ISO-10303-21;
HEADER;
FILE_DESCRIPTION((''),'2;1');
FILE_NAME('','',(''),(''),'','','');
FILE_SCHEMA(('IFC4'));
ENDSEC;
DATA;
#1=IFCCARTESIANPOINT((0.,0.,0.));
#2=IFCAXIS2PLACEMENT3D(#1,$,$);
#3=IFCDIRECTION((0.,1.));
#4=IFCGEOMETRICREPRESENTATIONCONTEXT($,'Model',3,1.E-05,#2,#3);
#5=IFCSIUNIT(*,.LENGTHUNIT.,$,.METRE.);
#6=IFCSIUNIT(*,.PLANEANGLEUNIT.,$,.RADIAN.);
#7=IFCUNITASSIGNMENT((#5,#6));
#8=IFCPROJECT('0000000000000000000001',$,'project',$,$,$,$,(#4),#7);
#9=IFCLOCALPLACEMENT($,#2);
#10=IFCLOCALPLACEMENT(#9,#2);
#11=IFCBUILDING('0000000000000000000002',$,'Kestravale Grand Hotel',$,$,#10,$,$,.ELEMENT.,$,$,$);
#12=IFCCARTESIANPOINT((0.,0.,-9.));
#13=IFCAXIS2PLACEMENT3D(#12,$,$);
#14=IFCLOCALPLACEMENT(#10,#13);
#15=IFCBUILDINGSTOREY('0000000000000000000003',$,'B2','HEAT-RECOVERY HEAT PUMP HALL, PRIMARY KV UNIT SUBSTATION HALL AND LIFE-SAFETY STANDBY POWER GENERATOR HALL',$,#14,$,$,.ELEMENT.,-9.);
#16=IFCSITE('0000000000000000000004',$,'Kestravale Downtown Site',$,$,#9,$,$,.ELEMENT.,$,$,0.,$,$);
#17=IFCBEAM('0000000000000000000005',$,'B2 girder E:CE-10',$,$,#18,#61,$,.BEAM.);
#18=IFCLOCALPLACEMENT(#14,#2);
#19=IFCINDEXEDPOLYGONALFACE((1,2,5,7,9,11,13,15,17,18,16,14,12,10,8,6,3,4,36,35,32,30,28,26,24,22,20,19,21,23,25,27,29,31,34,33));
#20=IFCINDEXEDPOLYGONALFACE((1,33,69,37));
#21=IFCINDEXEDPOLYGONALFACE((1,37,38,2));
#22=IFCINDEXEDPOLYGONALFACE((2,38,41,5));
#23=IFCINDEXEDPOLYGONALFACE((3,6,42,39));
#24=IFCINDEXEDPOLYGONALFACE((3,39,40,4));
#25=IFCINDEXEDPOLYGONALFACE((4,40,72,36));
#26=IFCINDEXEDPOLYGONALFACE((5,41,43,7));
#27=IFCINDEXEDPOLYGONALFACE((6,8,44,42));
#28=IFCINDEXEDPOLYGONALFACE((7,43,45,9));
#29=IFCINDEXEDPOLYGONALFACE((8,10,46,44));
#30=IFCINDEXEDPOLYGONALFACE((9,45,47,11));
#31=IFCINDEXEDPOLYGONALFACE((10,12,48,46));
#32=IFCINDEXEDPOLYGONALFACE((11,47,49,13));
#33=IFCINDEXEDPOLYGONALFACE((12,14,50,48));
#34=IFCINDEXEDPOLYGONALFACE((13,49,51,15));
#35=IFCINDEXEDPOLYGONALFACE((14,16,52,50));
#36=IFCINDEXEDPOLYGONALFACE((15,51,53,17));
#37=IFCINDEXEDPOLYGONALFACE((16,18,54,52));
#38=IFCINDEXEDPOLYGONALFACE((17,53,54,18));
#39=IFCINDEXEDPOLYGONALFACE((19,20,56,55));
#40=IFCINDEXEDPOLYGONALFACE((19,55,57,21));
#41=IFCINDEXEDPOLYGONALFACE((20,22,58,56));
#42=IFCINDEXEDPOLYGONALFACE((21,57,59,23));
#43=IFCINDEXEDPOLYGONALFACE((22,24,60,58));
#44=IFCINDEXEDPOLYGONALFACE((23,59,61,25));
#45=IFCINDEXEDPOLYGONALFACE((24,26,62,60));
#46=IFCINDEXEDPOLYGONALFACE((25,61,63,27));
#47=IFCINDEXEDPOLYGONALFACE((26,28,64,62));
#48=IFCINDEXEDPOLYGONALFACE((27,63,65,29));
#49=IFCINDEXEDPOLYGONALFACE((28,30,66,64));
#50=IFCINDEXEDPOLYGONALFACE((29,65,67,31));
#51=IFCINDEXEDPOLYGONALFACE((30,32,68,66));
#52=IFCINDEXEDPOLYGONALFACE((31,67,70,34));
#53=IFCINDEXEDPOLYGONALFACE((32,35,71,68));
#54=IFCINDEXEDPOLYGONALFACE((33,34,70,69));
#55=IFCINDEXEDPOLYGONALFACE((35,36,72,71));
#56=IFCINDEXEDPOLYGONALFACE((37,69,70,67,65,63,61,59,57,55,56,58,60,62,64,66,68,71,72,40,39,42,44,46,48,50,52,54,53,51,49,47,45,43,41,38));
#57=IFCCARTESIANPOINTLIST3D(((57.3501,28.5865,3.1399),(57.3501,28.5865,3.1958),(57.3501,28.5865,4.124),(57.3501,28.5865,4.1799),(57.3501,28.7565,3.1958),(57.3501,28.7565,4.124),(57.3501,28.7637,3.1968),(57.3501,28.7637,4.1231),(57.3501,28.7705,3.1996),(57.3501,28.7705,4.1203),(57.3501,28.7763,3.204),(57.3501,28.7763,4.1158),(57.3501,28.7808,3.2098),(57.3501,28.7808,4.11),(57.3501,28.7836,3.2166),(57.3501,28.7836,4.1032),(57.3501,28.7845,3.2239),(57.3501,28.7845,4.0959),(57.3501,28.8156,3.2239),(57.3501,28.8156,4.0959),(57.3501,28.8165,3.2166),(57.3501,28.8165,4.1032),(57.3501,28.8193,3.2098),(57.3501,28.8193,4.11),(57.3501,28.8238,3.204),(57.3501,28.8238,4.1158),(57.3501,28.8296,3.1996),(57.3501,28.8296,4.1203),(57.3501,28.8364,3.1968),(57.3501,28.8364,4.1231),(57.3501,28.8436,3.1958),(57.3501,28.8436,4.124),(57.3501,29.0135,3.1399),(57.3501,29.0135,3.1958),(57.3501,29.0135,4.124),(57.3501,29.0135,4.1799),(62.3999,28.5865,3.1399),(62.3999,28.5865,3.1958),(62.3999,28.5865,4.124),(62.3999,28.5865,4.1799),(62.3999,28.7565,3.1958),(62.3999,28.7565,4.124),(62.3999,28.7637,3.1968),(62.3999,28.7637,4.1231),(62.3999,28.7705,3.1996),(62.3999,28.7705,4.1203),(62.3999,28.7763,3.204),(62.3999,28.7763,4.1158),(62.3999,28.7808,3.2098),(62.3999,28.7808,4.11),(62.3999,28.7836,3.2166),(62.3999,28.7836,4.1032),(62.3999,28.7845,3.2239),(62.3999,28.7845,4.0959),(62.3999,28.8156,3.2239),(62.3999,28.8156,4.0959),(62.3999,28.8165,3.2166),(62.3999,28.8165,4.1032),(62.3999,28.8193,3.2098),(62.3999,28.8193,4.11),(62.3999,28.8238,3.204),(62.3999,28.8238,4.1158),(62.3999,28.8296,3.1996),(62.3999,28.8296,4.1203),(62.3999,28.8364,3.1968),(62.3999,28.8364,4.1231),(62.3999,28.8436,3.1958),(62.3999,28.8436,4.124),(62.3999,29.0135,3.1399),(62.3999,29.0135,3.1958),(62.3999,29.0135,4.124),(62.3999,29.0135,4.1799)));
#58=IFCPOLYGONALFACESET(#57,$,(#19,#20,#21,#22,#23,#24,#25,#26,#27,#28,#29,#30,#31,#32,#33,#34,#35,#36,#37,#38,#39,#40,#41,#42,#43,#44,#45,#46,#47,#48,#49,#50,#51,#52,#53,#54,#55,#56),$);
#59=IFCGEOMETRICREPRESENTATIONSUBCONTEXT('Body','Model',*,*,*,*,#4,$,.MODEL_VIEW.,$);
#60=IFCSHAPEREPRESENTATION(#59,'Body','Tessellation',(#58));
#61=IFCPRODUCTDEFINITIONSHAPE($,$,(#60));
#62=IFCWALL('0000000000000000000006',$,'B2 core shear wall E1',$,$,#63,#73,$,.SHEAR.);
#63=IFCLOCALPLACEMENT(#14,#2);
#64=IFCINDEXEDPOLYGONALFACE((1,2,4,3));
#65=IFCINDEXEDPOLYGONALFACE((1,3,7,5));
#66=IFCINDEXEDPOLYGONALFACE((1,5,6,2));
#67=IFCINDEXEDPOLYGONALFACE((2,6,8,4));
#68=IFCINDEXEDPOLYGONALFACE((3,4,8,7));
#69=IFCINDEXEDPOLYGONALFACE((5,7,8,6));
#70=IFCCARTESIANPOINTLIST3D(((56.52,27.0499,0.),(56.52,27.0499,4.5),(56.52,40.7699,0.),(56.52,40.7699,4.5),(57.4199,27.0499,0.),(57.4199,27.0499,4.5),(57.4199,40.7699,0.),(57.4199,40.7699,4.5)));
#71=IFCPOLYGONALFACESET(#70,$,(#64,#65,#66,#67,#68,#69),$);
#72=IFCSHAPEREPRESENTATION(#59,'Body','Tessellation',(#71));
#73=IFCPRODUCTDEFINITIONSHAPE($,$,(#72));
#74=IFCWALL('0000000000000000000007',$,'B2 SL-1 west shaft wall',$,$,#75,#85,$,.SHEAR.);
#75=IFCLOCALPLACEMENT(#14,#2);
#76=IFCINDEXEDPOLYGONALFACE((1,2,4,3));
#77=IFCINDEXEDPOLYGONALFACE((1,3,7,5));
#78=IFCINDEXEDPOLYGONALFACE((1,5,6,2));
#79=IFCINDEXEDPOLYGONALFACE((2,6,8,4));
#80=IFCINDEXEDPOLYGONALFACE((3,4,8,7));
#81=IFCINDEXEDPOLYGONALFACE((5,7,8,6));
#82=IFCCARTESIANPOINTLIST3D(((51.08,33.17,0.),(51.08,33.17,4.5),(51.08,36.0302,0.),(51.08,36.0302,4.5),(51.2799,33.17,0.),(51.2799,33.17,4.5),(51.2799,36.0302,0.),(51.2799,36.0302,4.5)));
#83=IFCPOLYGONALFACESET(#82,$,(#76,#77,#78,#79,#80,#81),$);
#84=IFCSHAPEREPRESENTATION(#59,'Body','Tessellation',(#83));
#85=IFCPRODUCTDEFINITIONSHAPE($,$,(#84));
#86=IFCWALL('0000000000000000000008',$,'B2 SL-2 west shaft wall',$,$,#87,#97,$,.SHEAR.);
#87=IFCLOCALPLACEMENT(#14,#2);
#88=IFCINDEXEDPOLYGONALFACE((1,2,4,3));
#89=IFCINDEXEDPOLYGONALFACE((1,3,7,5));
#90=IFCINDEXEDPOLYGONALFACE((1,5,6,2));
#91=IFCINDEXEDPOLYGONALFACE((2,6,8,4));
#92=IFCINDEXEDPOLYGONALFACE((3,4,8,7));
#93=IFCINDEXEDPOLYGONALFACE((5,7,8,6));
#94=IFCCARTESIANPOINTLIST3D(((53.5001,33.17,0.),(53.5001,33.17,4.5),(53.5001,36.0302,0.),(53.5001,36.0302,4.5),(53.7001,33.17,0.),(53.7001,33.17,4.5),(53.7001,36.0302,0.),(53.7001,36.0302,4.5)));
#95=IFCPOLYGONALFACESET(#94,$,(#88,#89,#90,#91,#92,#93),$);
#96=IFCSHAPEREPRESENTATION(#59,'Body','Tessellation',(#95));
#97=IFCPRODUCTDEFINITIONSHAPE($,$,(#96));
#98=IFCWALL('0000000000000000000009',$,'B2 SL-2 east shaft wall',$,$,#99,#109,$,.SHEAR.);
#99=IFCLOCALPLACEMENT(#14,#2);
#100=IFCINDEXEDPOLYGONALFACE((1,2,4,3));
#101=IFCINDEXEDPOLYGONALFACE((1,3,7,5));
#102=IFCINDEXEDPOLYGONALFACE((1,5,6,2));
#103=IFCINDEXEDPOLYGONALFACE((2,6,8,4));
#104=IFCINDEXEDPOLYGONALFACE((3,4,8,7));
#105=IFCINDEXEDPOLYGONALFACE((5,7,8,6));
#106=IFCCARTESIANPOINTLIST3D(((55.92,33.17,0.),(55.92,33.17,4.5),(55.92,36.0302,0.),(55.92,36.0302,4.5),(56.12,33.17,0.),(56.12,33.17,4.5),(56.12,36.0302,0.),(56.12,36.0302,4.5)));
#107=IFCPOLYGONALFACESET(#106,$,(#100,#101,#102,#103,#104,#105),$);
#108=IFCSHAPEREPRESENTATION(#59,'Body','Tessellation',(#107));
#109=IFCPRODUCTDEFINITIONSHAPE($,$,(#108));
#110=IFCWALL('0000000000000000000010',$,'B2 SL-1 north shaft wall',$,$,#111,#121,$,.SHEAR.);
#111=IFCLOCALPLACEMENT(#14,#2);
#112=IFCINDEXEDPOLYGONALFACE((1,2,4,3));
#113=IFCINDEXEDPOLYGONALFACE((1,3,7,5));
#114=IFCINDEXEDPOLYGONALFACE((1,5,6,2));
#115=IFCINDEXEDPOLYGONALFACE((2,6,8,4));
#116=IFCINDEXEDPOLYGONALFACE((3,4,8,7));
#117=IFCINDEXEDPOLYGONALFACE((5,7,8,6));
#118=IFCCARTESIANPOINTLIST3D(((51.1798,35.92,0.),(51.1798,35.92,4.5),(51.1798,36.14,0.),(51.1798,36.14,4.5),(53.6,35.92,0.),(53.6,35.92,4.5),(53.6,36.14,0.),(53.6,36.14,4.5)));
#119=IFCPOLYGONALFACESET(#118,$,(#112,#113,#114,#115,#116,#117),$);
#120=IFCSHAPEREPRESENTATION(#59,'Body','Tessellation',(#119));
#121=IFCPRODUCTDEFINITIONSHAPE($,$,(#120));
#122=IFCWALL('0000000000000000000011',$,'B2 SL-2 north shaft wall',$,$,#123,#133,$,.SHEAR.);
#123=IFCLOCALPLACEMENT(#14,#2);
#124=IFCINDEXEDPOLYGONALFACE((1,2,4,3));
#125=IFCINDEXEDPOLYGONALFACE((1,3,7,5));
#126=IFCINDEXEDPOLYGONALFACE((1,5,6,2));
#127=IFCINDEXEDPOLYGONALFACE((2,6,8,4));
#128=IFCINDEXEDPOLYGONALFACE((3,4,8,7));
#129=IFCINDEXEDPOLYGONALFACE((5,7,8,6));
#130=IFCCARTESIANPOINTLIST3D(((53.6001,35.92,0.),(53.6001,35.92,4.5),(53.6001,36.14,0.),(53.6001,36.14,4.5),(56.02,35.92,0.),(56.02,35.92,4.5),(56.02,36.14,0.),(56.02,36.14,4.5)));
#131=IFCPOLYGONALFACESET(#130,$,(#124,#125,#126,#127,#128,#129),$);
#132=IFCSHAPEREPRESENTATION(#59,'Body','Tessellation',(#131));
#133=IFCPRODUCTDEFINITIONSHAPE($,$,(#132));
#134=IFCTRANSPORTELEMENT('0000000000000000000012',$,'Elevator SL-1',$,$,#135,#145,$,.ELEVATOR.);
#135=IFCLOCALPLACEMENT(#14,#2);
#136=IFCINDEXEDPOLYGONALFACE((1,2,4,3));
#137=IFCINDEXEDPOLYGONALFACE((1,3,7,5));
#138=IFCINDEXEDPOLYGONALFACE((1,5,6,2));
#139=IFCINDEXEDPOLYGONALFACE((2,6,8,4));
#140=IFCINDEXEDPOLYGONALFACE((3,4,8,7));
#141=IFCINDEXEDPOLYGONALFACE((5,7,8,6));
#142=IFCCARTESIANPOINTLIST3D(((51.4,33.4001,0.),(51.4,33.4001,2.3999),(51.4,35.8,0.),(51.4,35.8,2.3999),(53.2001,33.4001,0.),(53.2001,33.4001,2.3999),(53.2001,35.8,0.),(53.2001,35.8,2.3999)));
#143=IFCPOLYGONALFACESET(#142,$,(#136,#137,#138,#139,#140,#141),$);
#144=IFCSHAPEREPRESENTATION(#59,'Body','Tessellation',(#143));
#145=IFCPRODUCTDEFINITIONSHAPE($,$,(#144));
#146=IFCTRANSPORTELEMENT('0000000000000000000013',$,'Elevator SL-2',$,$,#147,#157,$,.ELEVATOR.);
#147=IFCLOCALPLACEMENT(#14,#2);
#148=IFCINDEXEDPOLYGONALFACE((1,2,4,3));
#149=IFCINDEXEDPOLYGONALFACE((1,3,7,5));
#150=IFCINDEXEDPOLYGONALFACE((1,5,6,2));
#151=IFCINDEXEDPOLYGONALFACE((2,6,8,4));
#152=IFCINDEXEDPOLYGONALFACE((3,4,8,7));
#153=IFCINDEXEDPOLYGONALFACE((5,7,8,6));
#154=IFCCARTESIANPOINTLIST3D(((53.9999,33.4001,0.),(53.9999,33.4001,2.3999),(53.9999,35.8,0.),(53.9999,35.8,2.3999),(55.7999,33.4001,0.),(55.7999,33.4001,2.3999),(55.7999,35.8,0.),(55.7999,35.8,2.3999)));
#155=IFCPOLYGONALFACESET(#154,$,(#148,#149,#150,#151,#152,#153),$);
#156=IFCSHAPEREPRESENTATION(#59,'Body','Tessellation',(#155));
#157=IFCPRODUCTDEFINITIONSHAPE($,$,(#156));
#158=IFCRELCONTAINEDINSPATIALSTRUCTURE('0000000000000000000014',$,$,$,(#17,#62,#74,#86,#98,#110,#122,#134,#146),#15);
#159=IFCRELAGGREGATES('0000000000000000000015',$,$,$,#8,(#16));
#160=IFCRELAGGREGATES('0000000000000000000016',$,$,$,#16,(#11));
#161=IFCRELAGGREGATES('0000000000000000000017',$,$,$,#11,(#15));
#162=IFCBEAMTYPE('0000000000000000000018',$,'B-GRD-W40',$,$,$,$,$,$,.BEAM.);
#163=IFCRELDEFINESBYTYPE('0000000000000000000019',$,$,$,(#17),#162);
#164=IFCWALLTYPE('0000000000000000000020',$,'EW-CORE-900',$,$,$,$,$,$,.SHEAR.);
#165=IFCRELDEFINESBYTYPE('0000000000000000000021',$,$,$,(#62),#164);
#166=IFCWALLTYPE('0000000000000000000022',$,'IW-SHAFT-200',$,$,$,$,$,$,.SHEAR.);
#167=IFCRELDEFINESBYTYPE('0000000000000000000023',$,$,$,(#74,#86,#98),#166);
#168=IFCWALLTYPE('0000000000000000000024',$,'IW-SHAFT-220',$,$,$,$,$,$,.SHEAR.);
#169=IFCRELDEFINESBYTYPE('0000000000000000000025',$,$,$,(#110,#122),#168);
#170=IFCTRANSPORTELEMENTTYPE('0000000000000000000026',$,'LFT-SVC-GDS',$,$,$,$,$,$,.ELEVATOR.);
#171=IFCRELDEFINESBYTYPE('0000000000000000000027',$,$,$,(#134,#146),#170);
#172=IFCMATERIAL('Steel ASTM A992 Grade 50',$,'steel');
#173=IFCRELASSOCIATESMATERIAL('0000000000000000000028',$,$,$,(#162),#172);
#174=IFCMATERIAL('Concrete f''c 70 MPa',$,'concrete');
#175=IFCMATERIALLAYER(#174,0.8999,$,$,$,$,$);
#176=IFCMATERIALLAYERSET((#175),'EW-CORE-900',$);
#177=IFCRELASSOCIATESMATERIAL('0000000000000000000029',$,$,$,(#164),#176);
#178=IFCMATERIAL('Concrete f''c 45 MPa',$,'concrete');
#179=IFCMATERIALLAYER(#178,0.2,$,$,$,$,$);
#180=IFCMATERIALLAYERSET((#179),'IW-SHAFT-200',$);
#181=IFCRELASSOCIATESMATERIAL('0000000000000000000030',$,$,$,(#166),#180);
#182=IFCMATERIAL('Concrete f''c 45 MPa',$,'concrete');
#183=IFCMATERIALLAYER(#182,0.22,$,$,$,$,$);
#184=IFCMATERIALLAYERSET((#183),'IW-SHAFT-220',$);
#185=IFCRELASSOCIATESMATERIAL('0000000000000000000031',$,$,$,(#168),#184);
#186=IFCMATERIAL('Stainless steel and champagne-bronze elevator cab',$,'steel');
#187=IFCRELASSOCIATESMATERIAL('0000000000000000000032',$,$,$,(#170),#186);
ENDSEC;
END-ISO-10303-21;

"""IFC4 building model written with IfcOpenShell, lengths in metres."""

from ifc_helpers import new_model, si_unit, direction, frame, frame_2d, origin, origin_2d, place, context, subcontext, project, spatial, rectangle, i_section, extrude, material, layer, layer_set, material_profile, profile_set, type_object, element, save


model = new_model("IFC4")

# Units and contexts
model_context = context("Model", 3, precision=1e-05, world=origin(), true_north=direction((0.0, 1.0)))
body_context = subcontext(model_context, "Body", "Model", "MODEL_VIEW")
ifc_project = project(units=[si_unit("LENGTHUNIT", "METRE"), si_unit("PLANEANGLEUNIT", "RADIAN")], contexts=[model_context])

# Site, building, storey
site_placement = place(None, origin())
site = spatial("IfcSite", under=ifc_project, at=site_placement, Name="Kestravale Downtown Site", CompositionType="ELEMENT", RefElevation=0.0)
building_placement = place(site_placement, origin())
building = spatial("IfcBuilding", under=site, at=building_placement, Name="Kestravale Grand Hotel", CompositionType="ELEMENT")
storey_placement = place(building_placement, frame((0.0, 0.0, -9.0)))
storey = spatial("IfcBuildingStorey", under=building, at=storey_placement, Name="B2", Description="HEAT-RECOVERY HEAT PUMP HALL, PRIMARY KV UNIT SUBSTATION HALL AND LIFE-SAFETY STANDBY POWER GENERATOR HALL", CompositionType="ELEMENT", Elevation=-9.0)

# Beam
ifc_material_1 = material(Name="Steel ASTM A992 Grade 50", Category="steel")
ifc_material_profile_1 = material_profile(ifc_material_1, i_section(OverallWidth=0.427, OverallDepth=1.04, WebThickness=0.031, FlangeThickness=0.0559, FilletRadius=0.0281, at=origin_2d()))
ifc_profile_set_1 = profile_set([ifc_material_profile_1], Name="Steel ASTM A992 Grade 50")
beam_type = type_object("IfcBeamType", Name="B-GRD-W40", PredefinedType="BEAM", material=ifc_profile_set_1)
beam_placement = place(storey_placement, frame((57.3501, 28.8, 3.6599), z_axis=(1.0, 0.0, 0.0), x_axis=(0.0, 1.0, 0.0)))
element("IfcBeam", 1, at=beam_placement, inside=storey, type_object=beam_type, Name="B2 girder E:CE-10", PredefinedType="BEAM", context=body_context, shape_type="SweptSolid", body=[
    extrude(i_section(OverallWidth=0.427, OverallDepth=1.04, WebThickness=0.031, FlangeThickness=0.0559, FilletRadius=0.0281, at=origin_2d()), origin(), (0.0, 0.0, 1.0), 5.0498),
])

# Walls
ifc_material_2 = material(Name="Concrete f'c 70 MPa", Category="concrete")
ifc_layer_1 = layer(ifc_material_2, 0.8999)
ifc_layer_set_1 = layer_set([ifc_layer_1], Name="EW-CORE-900")
wall_type_1 = type_object("IfcWallType", Name="EW-CORE-900", PredefinedType="SHEAR", material=ifc_layer_set_1)
wall_1_placement = place(storey_placement, frame((56.97, 27.05, 0.0), z_axis=(0.0, 0.0, 1.0), x_axis=(0.0, 1.0, 0.0)))
element("IfcWall", 2, at=wall_1_placement, inside=storey, type_object=wall_type_1, Name="B2 core shear wall E1", PredefinedType="SHEAR", context=body_context, shape_type="SweptSolid", body=[
    extrude(rectangle(XDim=13.72, YDim=0.8999, at=frame_2d((6.8599, 0.0))), origin(), (0.0, 0.0, 1.0), 4.5),
])
ifc_material_3 = material(Name="Concrete f'c 45 MPa", Category="concrete")
ifc_layer_2 = layer(ifc_material_3, 0.2)
ifc_layer_set_2 = layer_set([ifc_layer_2], Name="IW-SHAFT-200")
wall_type_2 = type_object("IfcWallType", Name="IW-SHAFT-200", PredefinedType="SHEAR", material=ifc_layer_set_2)
for number, where, z_axis, x_axis, name in (
    (3, (51.1799, 33.1699, 0.0), (0.0, 0.0, 1.0), (0.0, 1.0, 0.0), "B2 SL-1 west shaft wall"),
    (4, (53.6001, 33.1699, 0.0), (0.0, 0.0, 1.0), (0.0, 1.0, 0.0), "B2 SL-2 west shaft wall"),
    (5, (56.02, 33.1699, 0.0), (0.0, 0.0, 1.0), (0.0, 1.0, 0.0), "B2 SL-2 east shaft wall"),
):
    element("IfcWall", number, at=place(storey_placement, frame(where, z_axis=z_axis, x_axis=x_axis)), inside=storey, type_object=wall_type_2, Name=name, PredefinedType="SHEAR", context=body_context, shape_type="SweptSolid", body=[
        extrude(rectangle(XDim=2.8601, YDim=0.2, at=frame_2d((1.4302, 0.0))), origin(), (0.0, 0.0, 1.0), 4.5),
    ])
ifc_material_4 = material(Name="Concrete f'c 45 MPa", Category="concrete")
ifc_layer_3 = layer(ifc_material_4, 0.22)
ifc_layer_set_3 = layer_set([ifc_layer_3], Name="IW-SHAFT-220")
wall_type_3 = type_object("IfcWallType", Name="IW-SHAFT-220", PredefinedType="SHEAR", material=ifc_layer_set_3)
wall_2_placement = place(storey_placement, frame((51.1799, 36.03, 0.0), z_axis=(0.0, 0.0, 1.0), x_axis=(1.0, 0.0, 0.0)))
element("IfcWall", 6, at=wall_2_placement, inside=storey, type_object=wall_type_3, Name="B2 SL-1 north shaft wall", PredefinedType="SHEAR", context=body_context, shape_type="SweptSolid", body=[
    extrude(rectangle(XDim=2.4202, YDim=0.22, at=frame_2d((1.21, 0.0))), origin(), (0.0, 0.0, 1.0), 4.5),
])

# Wall
wall_3_placement = place(storey_placement, frame((53.6001, 36.03, 0.0), z_axis=(0.0, 0.0, 1.0), x_axis=(1.0, 0.0, 0.0)))
element("IfcWall", 7, at=wall_3_placement, inside=storey, type_object=wall_type_3, Name="B2 SL-2 north shaft wall", PredefinedType="SHEAR", context=body_context, shape_type="SweptSolid", body=[
    extrude(rectangle(XDim=2.4199, YDim=0.22, at=frame_2d((1.21, 0.0))), origin(), (0.0, 0.0, 1.0), 4.5),
])

# Transport elements
ifc_material_5 = material(Name="Stainless steel and champagne-bronze elevator cab", Category="steel")
transport_element_type = type_object("IfcTransportElementType", Name="LFT-SVC-GDS", PredefinedType="ELEVATOR", material=ifc_material_5)
for number, where, z_axis, x_axis, name in (
    (8, (52.3, 34.6001, 0.0), (0.0, 0.0, 1.0), (1.0, 0.0, 0.0), "Elevator SL-1"),
    (9, (54.8999, 34.6001, 0.0), (0.0, 0.0, 1.0), (1.0, 0.0, 0.0), "Elevator SL-2"),
):
    element("IfcTransportElement", number, at=place(storey_placement, frame(where, z_axis=z_axis, x_axis=x_axis)), inside=storey, type_object=transport_element_type, Name=name, PredefinedType="ELEVATOR", context=body_context, shape_type="SweptSolid", body=[
        extrude(rectangle(XDim=1.8, YDim=2.3999, at=origin_2d()), origin(), (0.0, 0.0, 1.0), 2.3999),
    ])

save(model, "model.ifc")
